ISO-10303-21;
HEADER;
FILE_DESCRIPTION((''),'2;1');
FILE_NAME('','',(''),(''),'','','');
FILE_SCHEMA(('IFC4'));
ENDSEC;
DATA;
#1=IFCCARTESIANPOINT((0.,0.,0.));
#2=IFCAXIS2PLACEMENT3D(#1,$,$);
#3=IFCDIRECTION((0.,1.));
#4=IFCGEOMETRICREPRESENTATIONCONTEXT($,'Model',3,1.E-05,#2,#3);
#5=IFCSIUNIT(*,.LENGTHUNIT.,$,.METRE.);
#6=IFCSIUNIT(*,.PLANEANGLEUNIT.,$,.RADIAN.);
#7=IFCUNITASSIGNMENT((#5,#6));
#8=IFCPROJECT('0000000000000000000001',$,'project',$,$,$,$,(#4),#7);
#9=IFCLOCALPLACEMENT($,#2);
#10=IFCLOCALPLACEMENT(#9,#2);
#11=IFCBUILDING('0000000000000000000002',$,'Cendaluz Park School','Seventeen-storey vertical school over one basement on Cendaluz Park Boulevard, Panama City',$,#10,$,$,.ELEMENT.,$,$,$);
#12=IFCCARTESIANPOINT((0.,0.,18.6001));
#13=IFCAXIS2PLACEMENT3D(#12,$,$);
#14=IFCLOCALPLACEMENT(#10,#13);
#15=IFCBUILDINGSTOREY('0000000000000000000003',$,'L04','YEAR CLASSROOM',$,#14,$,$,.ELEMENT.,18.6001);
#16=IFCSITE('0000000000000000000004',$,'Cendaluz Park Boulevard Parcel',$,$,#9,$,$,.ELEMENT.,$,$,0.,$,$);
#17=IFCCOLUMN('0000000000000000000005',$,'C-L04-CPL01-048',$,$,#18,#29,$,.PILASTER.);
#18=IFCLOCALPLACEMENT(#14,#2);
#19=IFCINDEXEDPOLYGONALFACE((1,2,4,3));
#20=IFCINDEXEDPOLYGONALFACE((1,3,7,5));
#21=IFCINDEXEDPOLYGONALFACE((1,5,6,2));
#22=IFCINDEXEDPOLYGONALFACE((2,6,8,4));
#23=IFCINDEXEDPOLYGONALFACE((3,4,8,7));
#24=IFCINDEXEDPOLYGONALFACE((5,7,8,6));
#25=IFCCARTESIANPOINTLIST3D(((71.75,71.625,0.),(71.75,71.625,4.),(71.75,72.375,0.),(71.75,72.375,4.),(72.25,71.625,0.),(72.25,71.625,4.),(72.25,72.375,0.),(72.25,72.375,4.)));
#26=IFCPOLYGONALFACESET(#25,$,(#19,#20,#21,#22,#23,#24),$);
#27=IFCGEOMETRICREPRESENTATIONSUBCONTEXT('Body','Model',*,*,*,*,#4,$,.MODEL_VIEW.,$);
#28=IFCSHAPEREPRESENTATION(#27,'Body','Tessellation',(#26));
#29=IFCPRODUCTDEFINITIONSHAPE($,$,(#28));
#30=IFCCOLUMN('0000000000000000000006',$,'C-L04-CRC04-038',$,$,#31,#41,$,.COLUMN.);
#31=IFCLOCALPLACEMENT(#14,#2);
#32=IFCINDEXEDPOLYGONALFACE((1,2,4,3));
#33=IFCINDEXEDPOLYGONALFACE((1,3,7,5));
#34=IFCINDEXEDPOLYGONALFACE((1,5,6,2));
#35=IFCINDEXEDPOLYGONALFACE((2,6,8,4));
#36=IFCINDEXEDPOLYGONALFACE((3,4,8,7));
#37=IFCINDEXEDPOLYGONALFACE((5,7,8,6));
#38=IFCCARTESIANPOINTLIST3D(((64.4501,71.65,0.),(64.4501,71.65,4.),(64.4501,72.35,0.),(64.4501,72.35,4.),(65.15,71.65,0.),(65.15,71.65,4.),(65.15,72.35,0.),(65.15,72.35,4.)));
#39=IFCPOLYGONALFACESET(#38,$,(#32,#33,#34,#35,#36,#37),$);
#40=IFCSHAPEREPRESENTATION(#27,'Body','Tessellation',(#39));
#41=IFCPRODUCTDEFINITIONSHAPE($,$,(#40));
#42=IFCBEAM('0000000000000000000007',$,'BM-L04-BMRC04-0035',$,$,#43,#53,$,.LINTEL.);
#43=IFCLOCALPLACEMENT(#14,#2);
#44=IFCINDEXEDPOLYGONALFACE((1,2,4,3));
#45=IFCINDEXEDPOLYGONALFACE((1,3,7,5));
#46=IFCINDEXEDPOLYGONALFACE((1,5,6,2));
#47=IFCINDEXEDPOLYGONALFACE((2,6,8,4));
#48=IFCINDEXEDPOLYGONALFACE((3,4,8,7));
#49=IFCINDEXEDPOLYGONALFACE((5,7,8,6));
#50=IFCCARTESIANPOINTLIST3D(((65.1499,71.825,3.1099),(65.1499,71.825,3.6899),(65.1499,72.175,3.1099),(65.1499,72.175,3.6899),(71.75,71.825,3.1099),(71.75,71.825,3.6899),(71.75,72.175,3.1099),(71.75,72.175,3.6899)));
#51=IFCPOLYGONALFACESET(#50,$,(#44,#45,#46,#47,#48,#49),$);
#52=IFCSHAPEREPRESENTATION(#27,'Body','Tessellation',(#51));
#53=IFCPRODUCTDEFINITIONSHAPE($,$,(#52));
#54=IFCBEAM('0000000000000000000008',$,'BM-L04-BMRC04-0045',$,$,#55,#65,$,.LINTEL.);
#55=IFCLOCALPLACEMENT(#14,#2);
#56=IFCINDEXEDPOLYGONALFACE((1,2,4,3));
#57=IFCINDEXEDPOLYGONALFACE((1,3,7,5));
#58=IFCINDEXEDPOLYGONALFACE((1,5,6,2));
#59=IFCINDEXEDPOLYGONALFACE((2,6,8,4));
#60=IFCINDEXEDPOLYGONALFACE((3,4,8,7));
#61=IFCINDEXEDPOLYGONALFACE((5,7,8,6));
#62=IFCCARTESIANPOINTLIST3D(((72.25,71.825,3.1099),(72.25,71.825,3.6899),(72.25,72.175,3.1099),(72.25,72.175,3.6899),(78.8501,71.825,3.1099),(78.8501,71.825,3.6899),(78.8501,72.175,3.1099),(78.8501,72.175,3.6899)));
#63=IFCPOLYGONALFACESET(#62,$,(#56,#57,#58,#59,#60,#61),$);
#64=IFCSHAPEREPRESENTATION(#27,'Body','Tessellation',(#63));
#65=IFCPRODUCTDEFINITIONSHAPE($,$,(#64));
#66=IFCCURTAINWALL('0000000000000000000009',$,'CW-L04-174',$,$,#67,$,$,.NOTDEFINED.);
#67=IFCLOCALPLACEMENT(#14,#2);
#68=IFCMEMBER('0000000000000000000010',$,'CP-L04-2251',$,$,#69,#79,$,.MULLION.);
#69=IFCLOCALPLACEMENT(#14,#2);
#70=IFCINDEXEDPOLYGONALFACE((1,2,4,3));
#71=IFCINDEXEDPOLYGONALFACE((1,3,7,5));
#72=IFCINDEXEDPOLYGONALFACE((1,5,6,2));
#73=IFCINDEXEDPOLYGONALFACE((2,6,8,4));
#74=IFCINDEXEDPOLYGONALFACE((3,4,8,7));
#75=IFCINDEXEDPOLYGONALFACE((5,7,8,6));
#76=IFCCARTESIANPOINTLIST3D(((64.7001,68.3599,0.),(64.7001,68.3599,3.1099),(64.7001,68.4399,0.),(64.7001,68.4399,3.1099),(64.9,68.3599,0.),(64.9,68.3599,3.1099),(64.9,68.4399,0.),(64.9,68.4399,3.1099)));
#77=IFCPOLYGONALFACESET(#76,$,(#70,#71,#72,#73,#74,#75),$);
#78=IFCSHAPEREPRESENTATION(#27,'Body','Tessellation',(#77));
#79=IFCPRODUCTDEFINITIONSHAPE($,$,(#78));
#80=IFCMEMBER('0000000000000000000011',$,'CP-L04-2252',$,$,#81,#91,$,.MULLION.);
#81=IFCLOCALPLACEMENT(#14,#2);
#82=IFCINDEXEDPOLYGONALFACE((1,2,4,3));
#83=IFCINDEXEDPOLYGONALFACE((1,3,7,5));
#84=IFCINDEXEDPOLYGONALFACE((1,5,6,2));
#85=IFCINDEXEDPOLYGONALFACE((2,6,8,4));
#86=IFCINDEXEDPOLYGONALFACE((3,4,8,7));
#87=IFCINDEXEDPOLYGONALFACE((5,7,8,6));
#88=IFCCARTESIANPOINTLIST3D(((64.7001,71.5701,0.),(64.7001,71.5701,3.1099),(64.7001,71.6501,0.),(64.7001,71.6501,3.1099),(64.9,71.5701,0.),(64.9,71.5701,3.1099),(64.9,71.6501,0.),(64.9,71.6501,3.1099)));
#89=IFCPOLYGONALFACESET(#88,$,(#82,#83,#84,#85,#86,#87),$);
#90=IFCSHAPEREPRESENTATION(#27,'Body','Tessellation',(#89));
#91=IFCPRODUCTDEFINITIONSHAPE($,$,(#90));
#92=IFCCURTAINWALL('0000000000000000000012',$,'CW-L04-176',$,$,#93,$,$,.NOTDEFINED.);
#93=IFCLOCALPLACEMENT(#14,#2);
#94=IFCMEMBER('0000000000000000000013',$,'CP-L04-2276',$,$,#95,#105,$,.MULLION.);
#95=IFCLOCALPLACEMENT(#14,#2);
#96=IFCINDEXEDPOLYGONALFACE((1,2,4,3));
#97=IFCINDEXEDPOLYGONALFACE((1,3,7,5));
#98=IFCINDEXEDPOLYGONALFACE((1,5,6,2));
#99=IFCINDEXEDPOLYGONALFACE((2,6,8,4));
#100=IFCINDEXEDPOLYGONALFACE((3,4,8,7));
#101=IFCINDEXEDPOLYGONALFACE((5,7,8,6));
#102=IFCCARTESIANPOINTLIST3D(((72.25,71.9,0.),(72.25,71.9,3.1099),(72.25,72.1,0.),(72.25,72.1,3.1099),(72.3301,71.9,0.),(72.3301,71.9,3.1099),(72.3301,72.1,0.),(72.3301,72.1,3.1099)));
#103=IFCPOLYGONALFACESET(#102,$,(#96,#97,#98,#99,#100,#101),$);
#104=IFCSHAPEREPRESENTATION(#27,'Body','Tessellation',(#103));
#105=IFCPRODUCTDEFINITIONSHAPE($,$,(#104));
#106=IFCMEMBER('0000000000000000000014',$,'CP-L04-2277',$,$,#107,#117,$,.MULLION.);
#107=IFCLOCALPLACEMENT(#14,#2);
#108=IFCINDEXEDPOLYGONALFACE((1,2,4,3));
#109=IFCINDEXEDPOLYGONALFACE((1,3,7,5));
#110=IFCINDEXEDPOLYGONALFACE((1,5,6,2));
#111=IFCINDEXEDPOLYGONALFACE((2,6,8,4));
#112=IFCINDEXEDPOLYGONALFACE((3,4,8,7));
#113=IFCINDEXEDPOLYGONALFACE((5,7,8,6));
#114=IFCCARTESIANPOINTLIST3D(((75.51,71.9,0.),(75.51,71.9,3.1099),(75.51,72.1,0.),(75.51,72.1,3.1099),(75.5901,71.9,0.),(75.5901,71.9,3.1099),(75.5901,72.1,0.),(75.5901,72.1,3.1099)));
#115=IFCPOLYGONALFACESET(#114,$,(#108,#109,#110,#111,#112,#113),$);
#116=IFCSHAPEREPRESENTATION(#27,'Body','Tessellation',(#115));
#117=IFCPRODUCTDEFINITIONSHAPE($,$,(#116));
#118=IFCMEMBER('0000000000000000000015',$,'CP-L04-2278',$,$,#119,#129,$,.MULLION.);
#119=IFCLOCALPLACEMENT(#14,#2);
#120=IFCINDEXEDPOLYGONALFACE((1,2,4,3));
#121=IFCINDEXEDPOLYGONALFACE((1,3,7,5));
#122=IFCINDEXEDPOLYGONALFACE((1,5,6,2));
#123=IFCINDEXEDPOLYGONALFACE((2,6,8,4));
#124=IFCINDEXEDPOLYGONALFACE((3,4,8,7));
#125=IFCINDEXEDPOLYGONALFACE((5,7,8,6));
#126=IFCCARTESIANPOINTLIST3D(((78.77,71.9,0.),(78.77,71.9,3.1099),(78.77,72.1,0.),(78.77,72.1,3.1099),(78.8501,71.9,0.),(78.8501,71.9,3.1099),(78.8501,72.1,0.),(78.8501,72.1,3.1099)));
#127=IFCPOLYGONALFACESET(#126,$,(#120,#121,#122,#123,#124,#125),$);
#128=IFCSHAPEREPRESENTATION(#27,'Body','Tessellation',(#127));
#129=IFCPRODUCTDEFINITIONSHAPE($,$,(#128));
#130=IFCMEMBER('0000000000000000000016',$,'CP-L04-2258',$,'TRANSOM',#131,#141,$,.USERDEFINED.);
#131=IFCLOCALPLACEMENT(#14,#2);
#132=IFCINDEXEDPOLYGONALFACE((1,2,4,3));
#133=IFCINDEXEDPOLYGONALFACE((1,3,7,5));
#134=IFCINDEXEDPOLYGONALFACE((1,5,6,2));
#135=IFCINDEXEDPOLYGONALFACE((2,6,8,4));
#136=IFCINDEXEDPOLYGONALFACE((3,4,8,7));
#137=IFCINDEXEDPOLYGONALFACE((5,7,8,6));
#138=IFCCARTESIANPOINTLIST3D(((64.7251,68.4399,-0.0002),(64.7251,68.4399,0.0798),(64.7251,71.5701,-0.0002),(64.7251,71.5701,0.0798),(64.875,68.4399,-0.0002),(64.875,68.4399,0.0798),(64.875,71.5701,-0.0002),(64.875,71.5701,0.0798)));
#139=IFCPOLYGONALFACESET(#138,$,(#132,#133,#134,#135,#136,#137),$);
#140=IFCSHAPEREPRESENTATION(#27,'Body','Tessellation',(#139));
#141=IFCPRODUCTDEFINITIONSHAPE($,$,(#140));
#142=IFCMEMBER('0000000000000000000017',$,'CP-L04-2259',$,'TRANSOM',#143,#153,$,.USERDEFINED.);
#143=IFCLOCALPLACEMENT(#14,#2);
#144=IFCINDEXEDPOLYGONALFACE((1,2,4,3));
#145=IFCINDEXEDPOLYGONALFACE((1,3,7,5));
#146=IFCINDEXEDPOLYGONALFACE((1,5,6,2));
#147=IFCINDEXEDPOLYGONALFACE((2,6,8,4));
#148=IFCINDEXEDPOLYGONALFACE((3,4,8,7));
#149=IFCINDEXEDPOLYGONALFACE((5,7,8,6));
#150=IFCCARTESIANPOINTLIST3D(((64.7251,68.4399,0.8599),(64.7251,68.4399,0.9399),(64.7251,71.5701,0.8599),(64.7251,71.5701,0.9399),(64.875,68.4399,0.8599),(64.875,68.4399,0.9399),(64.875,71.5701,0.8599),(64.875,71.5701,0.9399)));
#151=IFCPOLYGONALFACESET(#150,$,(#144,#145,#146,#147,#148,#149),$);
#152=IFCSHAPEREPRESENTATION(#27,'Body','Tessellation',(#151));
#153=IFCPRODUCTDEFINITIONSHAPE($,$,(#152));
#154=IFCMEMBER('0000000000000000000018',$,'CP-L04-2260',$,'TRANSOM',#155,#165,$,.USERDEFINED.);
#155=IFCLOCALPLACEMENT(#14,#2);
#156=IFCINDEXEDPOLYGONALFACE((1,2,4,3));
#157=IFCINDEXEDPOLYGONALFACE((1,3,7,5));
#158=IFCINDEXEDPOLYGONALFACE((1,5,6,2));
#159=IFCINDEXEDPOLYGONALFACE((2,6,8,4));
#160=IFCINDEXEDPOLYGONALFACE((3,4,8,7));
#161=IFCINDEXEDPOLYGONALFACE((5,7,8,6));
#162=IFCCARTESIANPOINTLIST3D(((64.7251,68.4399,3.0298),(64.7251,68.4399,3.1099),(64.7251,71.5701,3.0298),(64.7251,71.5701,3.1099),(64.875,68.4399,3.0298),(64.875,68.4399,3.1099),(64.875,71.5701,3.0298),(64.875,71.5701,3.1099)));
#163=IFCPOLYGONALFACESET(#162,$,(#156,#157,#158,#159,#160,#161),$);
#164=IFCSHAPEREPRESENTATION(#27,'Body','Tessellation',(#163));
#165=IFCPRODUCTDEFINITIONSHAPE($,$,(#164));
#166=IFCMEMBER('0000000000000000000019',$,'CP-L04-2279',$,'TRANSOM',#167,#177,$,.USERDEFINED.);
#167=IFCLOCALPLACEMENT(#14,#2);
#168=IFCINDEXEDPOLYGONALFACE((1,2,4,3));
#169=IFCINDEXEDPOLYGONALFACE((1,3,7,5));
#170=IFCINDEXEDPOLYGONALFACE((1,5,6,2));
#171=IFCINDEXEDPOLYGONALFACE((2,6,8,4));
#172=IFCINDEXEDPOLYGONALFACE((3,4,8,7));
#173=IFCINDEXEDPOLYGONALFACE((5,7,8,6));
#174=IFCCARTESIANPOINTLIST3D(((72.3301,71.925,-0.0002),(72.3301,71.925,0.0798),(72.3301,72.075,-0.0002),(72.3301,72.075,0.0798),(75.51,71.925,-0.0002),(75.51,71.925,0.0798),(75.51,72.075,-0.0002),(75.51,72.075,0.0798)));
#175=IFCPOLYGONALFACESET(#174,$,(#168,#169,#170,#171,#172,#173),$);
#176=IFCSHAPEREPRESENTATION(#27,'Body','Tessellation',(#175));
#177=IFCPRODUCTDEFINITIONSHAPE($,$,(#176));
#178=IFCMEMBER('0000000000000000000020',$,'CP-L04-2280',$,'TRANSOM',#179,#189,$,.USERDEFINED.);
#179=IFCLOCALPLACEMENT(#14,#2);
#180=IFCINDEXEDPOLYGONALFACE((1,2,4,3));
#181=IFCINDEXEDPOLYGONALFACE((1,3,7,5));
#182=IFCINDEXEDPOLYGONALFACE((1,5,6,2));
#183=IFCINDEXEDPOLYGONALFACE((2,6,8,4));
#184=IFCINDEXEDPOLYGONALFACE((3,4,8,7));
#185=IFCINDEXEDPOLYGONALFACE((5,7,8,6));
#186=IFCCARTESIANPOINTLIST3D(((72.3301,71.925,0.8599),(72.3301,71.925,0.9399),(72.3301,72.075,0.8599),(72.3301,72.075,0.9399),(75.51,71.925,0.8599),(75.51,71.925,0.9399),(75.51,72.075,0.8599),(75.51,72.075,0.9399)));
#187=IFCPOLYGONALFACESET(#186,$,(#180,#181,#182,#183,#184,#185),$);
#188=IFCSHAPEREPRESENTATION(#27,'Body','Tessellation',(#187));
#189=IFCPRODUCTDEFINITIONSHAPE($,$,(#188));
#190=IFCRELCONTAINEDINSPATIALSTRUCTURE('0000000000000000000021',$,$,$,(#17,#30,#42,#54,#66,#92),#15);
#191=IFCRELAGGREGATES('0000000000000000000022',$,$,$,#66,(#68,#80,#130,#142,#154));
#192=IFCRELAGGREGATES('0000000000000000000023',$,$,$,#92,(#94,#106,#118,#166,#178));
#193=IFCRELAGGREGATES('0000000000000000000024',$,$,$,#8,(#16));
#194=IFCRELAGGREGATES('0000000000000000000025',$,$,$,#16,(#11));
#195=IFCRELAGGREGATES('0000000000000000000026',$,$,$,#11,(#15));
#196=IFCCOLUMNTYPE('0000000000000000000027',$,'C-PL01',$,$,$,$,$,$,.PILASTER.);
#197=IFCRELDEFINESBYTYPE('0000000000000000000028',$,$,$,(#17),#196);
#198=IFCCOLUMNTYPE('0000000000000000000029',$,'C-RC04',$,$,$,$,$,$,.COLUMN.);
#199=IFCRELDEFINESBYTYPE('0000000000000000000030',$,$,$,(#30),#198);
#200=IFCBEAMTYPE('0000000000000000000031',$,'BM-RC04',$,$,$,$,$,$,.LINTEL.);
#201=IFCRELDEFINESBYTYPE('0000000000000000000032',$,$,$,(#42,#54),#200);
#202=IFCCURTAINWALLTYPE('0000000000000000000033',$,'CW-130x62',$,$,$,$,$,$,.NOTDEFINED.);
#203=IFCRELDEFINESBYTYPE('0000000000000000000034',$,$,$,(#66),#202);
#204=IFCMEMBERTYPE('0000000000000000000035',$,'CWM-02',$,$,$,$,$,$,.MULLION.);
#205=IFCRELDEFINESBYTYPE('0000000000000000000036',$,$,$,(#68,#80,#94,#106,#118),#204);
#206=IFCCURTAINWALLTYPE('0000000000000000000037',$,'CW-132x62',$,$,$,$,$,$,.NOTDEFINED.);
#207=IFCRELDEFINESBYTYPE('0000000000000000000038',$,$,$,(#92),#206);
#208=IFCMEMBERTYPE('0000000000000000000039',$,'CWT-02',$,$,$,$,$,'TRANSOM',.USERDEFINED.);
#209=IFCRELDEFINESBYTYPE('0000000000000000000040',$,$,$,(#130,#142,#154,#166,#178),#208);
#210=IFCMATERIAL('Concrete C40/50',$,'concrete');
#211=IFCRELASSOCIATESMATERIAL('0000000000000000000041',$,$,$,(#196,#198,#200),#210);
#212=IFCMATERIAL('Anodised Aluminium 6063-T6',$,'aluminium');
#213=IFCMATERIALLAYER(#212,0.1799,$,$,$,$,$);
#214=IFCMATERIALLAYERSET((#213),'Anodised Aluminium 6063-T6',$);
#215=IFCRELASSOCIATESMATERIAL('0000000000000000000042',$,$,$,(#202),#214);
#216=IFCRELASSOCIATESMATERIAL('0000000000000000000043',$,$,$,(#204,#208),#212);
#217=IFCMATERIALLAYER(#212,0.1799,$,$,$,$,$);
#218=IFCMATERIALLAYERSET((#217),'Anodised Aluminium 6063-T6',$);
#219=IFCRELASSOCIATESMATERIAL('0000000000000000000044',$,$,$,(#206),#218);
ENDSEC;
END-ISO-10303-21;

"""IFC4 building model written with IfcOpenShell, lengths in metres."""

from ifc_helpers import new_model, si_unit, direction, frame, origin, origin_2d, place, context, subcontext, project, spatial, rectangle, extrude, material, layer, layer_set, material_profile, profile_set, type_object, element, aggregate, save


model = new_model("IFC4")

# Units and contexts
model_context = context("Model", 3, precision=1e-05, world=origin(), true_north=direction((0.0, 1.0)))
body_context = subcontext(model_context, "Body", "Model", "MODEL_VIEW")
ifc_project = project(units=[si_unit("LENGTHUNIT", "METRE"), si_unit("PLANEANGLEUNIT", "RADIAN")], contexts=[model_context])

# Site, building, storey
site_placement = place(None, origin())
site = spatial("IfcSite", under=ifc_project, at=site_placement, Name="Cendaluz Park Boulevard Parcel", CompositionType="ELEMENT", RefElevation=0.0)
building_placement = place(site_placement, origin())
building = spatial("IfcBuilding", under=site, at=building_placement, Name="Cendaluz Park School", Description="Seventeen-storey vertical school over one basement on Cendaluz Park Boulevard, Panama City", CompositionType="ELEMENT")
storey_placement = place(building_placement, frame((0.0, 0.0, 18.6001)))
storey = spatial("IfcBuildingStorey", under=building, at=storey_placement, Name="L04", Description="YEAR CLASSROOM", CompositionType="ELEMENT", Elevation=18.6001)

# Columns
ifc_material_1 = material(Name="Concrete C40/50", Category="concrete")
ifc_material_profile_1 = material_profile(ifc_material_1, rectangle(XDim=0.5, YDim=0.75, at=origin_2d()), Name="RC 500x750", Category="concrete")
ifc_profile_set_1 = profile_set([ifc_material_profile_1], Name="Concrete C40/50")
column_type_1 = type_object("IfcColumnType", Name="C-PL01", PredefinedType="PILASTER", material=ifc_profile_set_1)
column_1_placement = place(storey_placement, frame((72.0, 72.0, 0.0), z_axis=(0.0, 0.0, 1.0), x_axis=(1.0, 0.0, 0.0)))
element("IfcColumn", 1, at=column_1_placement, inside=storey, type_object=column_type_1, Name="C-L04-CPL01-048", PredefinedType="PILASTER", context=body_context, shape_type="SweptSolid", body=[
    extrude(rectangle(XDim=0.5, YDim=0.75, at=origin_2d()), origin(), (0.0, 0.0, 1.0), 4.0),
])
ifc_material_profile_2 = material_profile(ifc_material_1, rectangle(XDim=0.7, YDim=0.7, at=origin_2d()), Name="RC 700x700", Category="concrete")
ifc_profile_set_2 = profile_set([ifc_material_profile_2], Name="Concrete C40/50")
column_type_2 = type_object("IfcColumnType", Name="C-RC04", PredefinedType="COLUMN", material=ifc_profile_set_2)
column_2_placement = place(storey_placement, frame((64.8, 72.0, 0.0), z_axis=(0.0, 0.0, 1.0), x_axis=(1.0, 0.0, 0.0)))
element("IfcColumn", 2, at=column_2_placement, inside=storey, type_object=column_type_2, Name="C-L04-CRC04-038", PredefinedType="COLUMN", context=body_context, shape_type="SweptSolid", body=[
    extrude(rectangle(XDim=0.7, YDim=0.7, at=origin_2d()), origin(), (0.0, 0.0, 1.0), 4.0),
])

# Beams
ifc_material_profile_3 = material_profile(ifc_material_1, rectangle(XDim=0.3501, YDim=0.5801, at=origin_2d()), Name="RC 350x580", Category="concrete")
ifc_profile_set_3 = profile_set([ifc_material_profile_3], Name="Concrete C40/50")
beam_type_1 = type_object("IfcBeamType", Name="BM-RC04", PredefinedType="LINTEL", material=ifc_profile_set_3)
for number, where, z_axis, x_axis, name in (
    (3, (65.1499, 72.0, 3.3999), (1.0, 0.0, 0.0), (0.0, 1.0, 0.0), "BM-L04-BMRC04-0035"),
    (4, (72.25, 72.0, 3.3999), (1.0, 0.0, 0.0), (0.0, 1.0, 0.0), "BM-L04-BMRC04-0045"),
):
    element("IfcBeam", number, at=place(storey_placement, frame(where, z_axis=z_axis, x_axis=x_axis)), inside=storey, type_object=beam_type_1, Name=name, PredefinedType="LINTEL", context=body_context, shape_type="SweptSolid", body=[
        extrude(rectangle(XDim=0.3501, YDim=0.5801, at=origin_2d()), origin(), (0.0, 0.0, 1.0), 6.6001),
    ])

# Curtain walls, members
ifc_material_2 = material(Name="Anodised Aluminium 6063-T6", Category="aluminium")
ifc_layer_1 = layer(ifc_material_2, 0.1799)
ifc_layer_set_1 = layer_set([ifc_layer_1], Name="Anodised Aluminium 6063-T6")
curtain_wall_type_1 = type_object("IfcCurtainWallType", Name="CW-130x62", PredefinedType="NOTDEFINED", material=ifc_layer_set_1)
curtain_wall_1_placement = place(storey_placement, origin())
curtain_wall_1 = element("IfcCurtainWall", 5, at=curtain_wall_1_placement, inside=storey, type_object=curtain_wall_type_1, Name="CW-L04-174", PredefinedType="NOTDEFINED")
ifc_material_profile_4 = material_profile(ifc_material_2, rectangle(XDim=0.2, YDim=0.0801, at=origin_2d()), Name="CWM 200x80", Category="aluminium")
ifc_profile_set_4 = profile_set([ifc_material_profile_4], Name="Anodised Aluminium 6063-T6")
member_type_1 = type_object("IfcMemberType", Name="CWM-02", PredefinedType="MULLION", material=ifc_profile_set_4)
member_1_placement = place(storey_placement, frame((64.8, 68.3999, 0.0), z_axis=(0.0, 0.0, 1.0), x_axis=(-1.0, 0.0, 0.0)))
member_1 = element("IfcMember", 6, at=member_1_placement, type_object=member_type_1, Name="CP-L04-2251", PredefinedType="MULLION", context=body_context, shape_type="SweptSolid", body=[
    extrude(rectangle(XDim=0.2, YDim=0.0801, at=origin_2d()), origin(), (0.0, 0.0, 1.0), 3.1099),
])
member_2_placement = place(storey_placement, frame((64.8, 71.6101, 0.0), z_axis=(0.0, 0.0, 1.0), x_axis=(-1.0, 0.0, 0.0)))
member_2 = element("IfcMember", 7, at=member_2_placement, type_object=member_type_1, Name="CP-L04-2252", PredefinedType="MULLION", context=body_context, shape_type="SweptSolid", body=[
    extrude(rectangle(XDim=0.2, YDim=0.0801, at=origin_2d()), origin(), (0.0, 0.0, 1.0), 3.1099),
])
ifc_layer_2 = layer(ifc_material_2, 0.1799)
ifc_layer_set_2 = layer_set([ifc_layer_2], Name="Anodised Aluminium 6063-T6")
curtain_wall_type_2 = type_object("IfcCurtainWallType", Name="CW-132x62", PredefinedType="NOTDEFINED", material=ifc_layer_set_2)
curtain_wall_2_placement = place(storey_placement, origin())
curtain_wall_2 = element("IfcCurtainWall", 8, at=curtain_wall_2_placement, inside=storey, type_object=curtain_wall_type_2, Name="CW-L04-176", PredefinedType="NOTDEFINED")
member_3_placement = place(storey_placement, frame((72.29, 72.0, 0.0), z_axis=(0.0, 0.0, 1.0), x_axis=(0.0, 1.0, 0.0)))
member_3 = element("IfcMember", 9, at=member_3_placement, type_object=member_type_1, Name="CP-L04-2276", PredefinedType="MULLION", context=body_context, shape_type="SweptSolid", body=[
    extrude(rectangle(XDim=0.2, YDim=0.0801, at=origin_2d()), origin(), (0.0, 0.0, 1.0), 3.1099),
])
member_4_placement = place(storey_placement, frame((75.55, 72.0, 0.0), z_axis=(0.0, 0.0, 1.0), x_axis=(0.0, 1.0, 0.0)))
member_4 = element("IfcMember", 10, at=member_4_placement, type_object=member_type_1, Name="CP-L04-2277", PredefinedType="MULLION", context=body_context, shape_type="SweptSolid", body=[
    extrude(rectangle(XDim=0.2, YDim=0.0801, at=origin_2d()), origin(), (0.0, 0.0, 1.0), 3.1099),
])
member_5_placement = place(storey_placement, frame((78.8101, 72.0, 0.0), z_axis=(0.0, 0.0, 1.0), x_axis=(0.0, 1.0, 0.0)))
member_5 = element("IfcMember", 11, at=member_5_placement, type_object=member_type_1, Name="CP-L04-2278", PredefinedType="MULLION", context=body_context, shape_type="SweptSolid", body=[
    extrude(rectangle(XDim=0.2, YDim=0.0801, at=origin_2d()), origin(), (0.0, 0.0, 1.0), 3.1099),
])

# Members
ifc_material_profile_5 = material_profile(ifc_material_2, rectangle(XDim=0.1499, YDim=0.0801, at=origin_2d()), Name="CWT 150x80", Category="aluminium")
ifc_profile_set_5 = profile_set([ifc_material_profile_5], Name="Anodised Aluminium 6063-T6")
member_type_2 = type_object("IfcMemberType", Name="CWT-02", ElementType="TRANSOM", PredefinedType="USERDEFINED", material=ifc_profile_set_5)
member_6_placement = place(storey_placement, frame((64.8, 68.4399, 0.0398), z_axis=(0.0, 1.0, 0.0), x_axis=(-1.0, 0.0, 0.0)))
member_6 = element("IfcMember", 12, at=member_6_placement, type_object=member_type_2, Name="CP-L04-2258", ObjectType="TRANSOM", PredefinedType="USERDEFINED", context=body_context, shape_type="SweptSolid", body=[
    extrude(rectangle(XDim=0.1499, YDim=0.0801, at=origin_2d()), origin(), (0.0, 0.0, 1.0), 3.1301),
])
member_7_placement = place(storey_placement, frame((64.8, 68.4399, 0.8999), z_axis=(0.0, 1.0, 0.0), x_axis=(-1.0, 0.0, 0.0)))
member_7 = element("IfcMember", 13, at=member_7_placement, type_object=member_type_2, Name="CP-L04-2259", ObjectType="TRANSOM", PredefinedType="USERDEFINED", context=body_context, shape_type="SweptSolid", body=[
    extrude(rectangle(XDim=0.1499, YDim=0.0801, at=origin_2d()), origin(), (0.0, 0.0, 1.0), 3.1301),
])
member_8_placement = place(storey_placement, frame((64.8, 68.4399, 3.0698), z_axis=(0.0, 1.0, 0.0), x_axis=(-1.0, 0.0, 0.0)))
member_8 = element("IfcMember", 14, at=member_8_placement, type_object=member_type_2, Name="CP-L04-2260", ObjectType="TRANSOM", PredefinedType="USERDEFINED", context=body_context, shape_type="SweptSolid", body=[
    extrude(rectangle(XDim=0.1499, YDim=0.0801, at=origin_2d()), origin(), (0.0, 0.0, 1.0), 3.1301),
])
member_9_placement = place(storey_placement, frame((72.3301, 72.0, 0.0398), z_axis=(1.0, 0.0, 0.0), x_axis=(0.0, 1.0, 0.0)))
member_9 = element("IfcMember", 15, at=member_9_placement, type_object=member_type_2, Name="CP-L04-2279", ObjectType="TRANSOM", PredefinedType="USERDEFINED", context=body_context, shape_type="SweptSolid", body=[
    extrude(rectangle(XDim=0.1499, YDim=0.0801, at=origin_2d()), origin(), (0.0, 0.0, 1.0), 3.1799),
])
member_10_placement = place(storey_placement, frame((72.3301, 72.0, 0.8999), z_axis=(1.0, 0.0, 0.0), x_axis=(0.0, 1.0, 0.0)))
member_10 = element("IfcMember", 16, at=member_10_placement, type_object=member_type_2, Name="CP-L04-2280", ObjectType="TRANSOM", PredefinedType="USERDEFINED", context=body_context, shape_type="SweptSolid", body=[
    extrude(rectangle(XDim=0.1499, YDim=0.0801, at=origin_2d()), origin(), (0.0, 0.0, 1.0), 3.1799),
])

aggregate(curtain_wall_1, [member_1, member_2, member_6, member_7, member_8])
aggregate(curtain_wall_2, [member_3, member_4, member_5, member_9, member_10])

save(model, "model.ifc")
